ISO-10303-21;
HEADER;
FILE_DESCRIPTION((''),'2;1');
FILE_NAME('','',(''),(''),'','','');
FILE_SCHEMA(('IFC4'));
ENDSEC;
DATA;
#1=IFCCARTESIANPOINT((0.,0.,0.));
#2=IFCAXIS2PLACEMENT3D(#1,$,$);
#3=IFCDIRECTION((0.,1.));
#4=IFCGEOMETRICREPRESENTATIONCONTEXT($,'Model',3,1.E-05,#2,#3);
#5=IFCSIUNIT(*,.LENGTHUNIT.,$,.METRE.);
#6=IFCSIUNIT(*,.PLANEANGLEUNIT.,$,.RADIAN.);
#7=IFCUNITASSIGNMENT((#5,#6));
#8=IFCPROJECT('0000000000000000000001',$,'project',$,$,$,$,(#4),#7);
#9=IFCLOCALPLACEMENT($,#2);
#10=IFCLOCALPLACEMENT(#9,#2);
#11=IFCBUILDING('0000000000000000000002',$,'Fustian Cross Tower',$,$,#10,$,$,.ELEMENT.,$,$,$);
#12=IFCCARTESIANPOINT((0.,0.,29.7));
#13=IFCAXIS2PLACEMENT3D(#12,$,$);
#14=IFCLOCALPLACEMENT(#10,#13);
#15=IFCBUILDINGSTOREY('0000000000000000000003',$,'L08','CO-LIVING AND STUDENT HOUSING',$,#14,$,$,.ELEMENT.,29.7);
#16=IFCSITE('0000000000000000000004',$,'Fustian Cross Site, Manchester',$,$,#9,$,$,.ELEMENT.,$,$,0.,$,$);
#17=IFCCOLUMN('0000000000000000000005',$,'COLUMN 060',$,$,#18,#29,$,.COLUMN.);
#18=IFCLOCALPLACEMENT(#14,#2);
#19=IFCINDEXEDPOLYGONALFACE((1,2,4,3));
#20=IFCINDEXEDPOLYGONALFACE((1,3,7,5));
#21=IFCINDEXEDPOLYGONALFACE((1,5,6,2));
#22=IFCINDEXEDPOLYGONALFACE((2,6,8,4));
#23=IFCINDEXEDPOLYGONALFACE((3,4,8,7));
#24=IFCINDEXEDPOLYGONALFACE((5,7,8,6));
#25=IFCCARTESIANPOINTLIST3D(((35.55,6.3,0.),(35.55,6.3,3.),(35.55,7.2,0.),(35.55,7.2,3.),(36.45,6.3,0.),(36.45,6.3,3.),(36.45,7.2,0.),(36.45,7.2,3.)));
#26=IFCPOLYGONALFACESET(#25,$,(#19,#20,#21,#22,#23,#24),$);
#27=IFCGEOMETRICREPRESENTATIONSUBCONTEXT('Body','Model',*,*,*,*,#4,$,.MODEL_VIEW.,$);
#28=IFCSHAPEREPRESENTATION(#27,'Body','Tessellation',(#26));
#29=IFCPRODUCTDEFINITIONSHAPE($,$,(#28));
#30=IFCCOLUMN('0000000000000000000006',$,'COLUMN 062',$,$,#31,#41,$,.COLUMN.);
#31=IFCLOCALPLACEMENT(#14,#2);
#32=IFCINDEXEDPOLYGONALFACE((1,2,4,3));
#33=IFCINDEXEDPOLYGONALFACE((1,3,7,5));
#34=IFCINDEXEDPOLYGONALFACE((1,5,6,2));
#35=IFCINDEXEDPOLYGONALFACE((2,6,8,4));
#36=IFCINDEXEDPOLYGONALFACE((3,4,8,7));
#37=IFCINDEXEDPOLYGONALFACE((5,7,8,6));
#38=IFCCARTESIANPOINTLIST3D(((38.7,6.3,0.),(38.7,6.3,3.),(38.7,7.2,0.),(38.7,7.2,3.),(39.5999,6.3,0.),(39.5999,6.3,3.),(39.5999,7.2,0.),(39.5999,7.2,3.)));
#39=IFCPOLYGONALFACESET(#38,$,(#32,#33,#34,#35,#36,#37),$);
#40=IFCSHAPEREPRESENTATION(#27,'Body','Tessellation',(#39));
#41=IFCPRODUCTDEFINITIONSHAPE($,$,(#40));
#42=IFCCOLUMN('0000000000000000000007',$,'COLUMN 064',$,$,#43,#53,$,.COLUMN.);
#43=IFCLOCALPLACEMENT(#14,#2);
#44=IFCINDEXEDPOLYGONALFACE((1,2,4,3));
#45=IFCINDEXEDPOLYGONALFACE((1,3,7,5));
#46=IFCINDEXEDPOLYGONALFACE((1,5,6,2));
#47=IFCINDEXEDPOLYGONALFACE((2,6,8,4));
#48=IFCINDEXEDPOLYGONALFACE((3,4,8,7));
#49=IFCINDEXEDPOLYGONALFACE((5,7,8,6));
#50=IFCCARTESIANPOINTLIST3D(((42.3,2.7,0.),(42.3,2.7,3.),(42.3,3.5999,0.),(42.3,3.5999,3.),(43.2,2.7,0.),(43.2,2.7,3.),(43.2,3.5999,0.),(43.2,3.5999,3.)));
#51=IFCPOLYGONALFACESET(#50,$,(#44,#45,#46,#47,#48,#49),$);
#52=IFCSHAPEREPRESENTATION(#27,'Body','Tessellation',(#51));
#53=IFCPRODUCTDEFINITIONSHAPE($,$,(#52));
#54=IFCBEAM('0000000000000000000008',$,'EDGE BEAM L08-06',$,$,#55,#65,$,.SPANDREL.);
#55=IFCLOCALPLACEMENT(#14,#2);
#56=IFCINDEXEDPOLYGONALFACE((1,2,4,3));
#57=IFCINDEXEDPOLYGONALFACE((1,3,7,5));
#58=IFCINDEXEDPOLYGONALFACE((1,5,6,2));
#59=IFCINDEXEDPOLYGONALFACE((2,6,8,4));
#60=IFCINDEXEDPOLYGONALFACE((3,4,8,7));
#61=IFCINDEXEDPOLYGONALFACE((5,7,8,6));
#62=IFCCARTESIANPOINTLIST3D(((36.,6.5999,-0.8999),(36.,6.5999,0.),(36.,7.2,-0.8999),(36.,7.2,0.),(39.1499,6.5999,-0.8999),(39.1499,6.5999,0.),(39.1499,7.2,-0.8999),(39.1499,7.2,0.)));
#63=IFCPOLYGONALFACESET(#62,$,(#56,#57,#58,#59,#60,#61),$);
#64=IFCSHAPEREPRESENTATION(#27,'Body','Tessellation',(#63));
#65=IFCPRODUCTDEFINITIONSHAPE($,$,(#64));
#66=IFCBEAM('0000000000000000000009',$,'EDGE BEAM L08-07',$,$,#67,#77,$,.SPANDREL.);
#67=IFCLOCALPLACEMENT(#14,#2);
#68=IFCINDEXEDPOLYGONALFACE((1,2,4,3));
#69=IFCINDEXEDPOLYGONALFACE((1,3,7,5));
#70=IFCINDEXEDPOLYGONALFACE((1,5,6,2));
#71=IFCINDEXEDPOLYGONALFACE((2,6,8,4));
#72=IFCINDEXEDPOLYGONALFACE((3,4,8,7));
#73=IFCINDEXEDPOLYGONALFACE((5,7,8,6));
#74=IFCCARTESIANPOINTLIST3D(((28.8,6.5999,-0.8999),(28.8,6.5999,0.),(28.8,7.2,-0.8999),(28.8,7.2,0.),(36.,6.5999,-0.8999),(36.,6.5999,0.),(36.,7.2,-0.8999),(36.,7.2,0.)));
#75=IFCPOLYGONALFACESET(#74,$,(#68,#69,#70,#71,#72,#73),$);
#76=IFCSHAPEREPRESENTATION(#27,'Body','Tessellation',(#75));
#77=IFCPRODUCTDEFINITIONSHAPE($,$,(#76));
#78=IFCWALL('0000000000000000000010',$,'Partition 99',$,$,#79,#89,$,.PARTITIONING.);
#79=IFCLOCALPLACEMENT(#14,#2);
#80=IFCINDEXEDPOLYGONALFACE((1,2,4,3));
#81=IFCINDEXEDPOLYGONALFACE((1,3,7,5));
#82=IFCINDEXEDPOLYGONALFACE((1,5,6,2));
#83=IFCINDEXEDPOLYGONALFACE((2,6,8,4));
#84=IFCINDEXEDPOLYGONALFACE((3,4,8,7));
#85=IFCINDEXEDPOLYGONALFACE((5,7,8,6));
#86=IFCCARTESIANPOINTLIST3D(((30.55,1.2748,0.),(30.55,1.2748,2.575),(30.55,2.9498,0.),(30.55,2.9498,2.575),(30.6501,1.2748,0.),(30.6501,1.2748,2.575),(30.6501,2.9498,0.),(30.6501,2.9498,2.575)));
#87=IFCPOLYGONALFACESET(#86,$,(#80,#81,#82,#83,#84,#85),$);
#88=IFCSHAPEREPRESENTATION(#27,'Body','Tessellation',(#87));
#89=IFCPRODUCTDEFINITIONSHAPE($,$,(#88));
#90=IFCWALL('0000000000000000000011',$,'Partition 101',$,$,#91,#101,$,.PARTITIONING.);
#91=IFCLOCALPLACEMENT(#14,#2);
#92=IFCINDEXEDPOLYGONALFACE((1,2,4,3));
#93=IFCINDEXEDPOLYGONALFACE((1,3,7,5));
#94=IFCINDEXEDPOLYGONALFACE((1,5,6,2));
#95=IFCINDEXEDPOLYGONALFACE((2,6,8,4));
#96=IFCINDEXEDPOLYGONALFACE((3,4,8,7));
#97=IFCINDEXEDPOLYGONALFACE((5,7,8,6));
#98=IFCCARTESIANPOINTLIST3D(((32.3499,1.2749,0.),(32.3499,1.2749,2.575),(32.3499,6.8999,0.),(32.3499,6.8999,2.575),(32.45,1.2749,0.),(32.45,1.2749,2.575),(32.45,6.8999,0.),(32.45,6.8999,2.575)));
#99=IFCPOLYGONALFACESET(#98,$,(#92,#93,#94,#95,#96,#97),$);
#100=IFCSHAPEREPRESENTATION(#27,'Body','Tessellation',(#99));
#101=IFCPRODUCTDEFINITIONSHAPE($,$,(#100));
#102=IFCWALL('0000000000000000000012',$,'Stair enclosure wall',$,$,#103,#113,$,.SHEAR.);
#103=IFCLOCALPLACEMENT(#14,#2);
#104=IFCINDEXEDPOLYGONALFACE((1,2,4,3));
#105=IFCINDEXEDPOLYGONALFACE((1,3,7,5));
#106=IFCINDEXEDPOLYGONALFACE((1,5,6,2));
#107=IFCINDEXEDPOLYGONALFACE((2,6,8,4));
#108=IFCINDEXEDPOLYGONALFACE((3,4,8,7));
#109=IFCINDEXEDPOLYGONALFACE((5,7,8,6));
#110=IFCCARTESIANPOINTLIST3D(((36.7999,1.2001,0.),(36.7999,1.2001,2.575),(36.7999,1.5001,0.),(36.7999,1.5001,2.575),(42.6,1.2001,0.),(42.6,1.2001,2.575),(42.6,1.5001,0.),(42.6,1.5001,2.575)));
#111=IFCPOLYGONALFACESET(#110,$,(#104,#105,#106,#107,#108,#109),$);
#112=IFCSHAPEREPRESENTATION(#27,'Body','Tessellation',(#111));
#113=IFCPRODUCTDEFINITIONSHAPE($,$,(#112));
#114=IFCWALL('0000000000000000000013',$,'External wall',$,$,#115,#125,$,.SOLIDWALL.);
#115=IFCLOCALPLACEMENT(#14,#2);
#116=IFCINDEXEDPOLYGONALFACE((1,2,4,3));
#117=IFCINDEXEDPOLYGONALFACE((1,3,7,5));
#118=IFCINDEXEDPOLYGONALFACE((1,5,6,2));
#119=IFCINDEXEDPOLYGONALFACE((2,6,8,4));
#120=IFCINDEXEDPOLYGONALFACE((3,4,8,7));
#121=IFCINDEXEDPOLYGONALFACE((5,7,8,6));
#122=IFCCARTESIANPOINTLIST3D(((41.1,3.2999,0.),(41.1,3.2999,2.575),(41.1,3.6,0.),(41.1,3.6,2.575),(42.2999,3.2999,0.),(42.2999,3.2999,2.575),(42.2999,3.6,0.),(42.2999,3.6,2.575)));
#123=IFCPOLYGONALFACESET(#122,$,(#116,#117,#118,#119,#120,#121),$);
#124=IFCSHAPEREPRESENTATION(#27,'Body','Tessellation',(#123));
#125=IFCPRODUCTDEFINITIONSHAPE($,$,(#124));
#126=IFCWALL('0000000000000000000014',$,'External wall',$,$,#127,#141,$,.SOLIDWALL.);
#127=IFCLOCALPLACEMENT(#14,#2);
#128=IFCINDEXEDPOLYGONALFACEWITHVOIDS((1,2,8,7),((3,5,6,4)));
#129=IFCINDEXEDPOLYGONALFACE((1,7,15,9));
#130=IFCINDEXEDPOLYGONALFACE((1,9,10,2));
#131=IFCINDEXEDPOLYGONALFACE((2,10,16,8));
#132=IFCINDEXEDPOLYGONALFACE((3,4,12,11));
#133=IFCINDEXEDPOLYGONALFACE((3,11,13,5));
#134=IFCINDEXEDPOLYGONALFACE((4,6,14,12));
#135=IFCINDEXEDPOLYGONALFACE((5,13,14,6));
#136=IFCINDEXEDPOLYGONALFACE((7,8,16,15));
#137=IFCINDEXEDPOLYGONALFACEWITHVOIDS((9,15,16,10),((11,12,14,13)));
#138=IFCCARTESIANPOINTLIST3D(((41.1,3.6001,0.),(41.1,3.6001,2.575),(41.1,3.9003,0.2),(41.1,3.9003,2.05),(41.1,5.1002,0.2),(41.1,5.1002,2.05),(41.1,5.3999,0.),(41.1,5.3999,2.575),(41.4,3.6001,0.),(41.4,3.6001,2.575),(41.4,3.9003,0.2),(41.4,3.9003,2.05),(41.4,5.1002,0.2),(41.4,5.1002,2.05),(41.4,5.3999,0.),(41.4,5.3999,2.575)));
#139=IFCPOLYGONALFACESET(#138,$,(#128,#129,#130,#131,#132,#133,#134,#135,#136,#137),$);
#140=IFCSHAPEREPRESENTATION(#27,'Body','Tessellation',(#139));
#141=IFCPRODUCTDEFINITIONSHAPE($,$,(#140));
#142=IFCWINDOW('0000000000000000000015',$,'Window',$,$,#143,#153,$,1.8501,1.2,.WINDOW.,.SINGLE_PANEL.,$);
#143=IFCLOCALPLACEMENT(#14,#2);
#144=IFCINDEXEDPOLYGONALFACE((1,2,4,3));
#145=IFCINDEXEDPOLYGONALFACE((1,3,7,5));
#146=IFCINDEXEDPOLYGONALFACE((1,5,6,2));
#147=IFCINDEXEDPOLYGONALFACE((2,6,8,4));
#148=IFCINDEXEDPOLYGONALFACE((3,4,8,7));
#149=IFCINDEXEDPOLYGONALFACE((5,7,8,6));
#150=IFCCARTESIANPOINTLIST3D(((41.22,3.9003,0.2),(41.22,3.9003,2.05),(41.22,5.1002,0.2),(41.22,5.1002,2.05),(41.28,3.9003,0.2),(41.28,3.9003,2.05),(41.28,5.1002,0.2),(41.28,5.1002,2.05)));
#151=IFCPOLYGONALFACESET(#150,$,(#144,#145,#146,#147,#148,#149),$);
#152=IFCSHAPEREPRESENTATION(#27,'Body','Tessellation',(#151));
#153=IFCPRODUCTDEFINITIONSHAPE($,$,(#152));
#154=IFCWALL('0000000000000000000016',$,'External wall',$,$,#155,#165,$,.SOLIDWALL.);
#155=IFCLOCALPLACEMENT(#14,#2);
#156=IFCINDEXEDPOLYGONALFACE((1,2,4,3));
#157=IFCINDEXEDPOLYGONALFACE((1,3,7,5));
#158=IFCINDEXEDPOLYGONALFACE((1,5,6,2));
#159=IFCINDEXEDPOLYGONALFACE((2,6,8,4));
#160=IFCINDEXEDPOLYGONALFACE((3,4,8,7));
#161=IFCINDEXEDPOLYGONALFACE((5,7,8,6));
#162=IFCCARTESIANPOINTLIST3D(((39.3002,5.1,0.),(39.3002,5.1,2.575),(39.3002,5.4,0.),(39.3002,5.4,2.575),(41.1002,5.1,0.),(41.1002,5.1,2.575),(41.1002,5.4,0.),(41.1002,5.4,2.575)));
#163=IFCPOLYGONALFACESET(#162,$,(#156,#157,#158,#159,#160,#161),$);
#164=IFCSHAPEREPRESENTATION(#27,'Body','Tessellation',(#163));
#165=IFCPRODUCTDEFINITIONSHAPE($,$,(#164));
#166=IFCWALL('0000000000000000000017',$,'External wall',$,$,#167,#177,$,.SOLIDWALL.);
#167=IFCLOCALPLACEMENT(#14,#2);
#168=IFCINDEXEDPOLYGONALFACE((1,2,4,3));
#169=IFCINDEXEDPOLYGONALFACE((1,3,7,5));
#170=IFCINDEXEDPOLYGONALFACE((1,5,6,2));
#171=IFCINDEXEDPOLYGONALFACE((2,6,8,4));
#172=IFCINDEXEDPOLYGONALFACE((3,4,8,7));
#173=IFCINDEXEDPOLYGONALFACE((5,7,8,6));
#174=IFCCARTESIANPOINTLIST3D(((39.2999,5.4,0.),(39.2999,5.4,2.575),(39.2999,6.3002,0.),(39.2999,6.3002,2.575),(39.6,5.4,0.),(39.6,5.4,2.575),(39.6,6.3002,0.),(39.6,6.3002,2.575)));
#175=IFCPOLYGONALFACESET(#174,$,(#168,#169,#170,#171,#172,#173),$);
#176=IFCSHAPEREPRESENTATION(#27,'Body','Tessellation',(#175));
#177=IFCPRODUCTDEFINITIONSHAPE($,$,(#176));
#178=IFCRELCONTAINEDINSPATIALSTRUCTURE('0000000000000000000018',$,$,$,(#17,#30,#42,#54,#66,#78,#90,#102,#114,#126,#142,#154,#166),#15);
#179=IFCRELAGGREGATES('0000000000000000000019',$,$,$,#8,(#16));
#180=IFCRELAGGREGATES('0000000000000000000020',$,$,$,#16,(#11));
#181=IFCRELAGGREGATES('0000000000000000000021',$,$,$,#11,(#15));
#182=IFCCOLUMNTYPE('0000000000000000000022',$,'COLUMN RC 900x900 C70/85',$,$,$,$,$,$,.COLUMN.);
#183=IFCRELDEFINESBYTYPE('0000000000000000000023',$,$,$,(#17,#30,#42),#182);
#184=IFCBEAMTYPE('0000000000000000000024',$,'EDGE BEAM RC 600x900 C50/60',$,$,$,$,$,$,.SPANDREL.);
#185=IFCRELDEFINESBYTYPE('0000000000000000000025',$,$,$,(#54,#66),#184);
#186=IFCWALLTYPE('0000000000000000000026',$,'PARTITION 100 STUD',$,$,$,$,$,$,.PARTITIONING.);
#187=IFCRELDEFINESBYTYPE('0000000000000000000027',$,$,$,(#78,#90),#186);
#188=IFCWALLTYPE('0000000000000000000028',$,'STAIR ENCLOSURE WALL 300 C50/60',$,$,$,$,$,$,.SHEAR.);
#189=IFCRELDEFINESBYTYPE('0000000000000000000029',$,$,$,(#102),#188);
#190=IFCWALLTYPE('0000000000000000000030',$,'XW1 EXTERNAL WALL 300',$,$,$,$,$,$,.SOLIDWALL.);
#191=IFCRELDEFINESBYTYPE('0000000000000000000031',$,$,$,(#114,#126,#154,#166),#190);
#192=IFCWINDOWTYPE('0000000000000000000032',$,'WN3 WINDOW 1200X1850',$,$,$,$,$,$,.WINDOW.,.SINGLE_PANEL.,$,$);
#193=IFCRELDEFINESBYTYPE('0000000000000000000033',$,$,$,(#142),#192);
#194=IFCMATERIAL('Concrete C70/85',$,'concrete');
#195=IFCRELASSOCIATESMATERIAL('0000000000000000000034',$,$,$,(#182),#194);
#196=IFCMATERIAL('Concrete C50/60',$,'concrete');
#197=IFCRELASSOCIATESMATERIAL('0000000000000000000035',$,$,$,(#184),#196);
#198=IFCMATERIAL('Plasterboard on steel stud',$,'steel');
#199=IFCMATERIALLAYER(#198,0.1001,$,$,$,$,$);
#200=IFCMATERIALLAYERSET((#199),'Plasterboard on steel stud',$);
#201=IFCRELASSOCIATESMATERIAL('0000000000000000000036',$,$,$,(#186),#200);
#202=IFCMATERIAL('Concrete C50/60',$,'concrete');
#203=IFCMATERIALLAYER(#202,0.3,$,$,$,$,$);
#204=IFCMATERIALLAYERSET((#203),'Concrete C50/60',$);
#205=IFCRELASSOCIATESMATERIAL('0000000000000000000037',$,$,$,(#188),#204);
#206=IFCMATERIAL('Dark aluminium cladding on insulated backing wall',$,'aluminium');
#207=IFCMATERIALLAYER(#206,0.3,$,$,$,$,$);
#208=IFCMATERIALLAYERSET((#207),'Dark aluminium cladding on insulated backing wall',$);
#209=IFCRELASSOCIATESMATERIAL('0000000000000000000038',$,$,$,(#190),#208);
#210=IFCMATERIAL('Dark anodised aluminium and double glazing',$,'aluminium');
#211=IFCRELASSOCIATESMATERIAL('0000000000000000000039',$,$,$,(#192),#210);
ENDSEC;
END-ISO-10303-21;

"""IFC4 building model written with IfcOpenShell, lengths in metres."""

from ifc_helpers import new_model, si_unit, direction, frame, frame_2d, origin, origin_2d, place, context, subcontext, project, spatial, rectangle, extrude, material, layer, layer_set, material_profile, profile_set, type_object, element, fill, save


model = new_model("IFC4")

# Units and contexts
model_context = context("Model", 3, precision=1e-05, world=origin(), true_north=direction((0.0, 1.0)))
body_context = subcontext(model_context, "Body", "Model", "MODEL_VIEW")
ifc_project = project(units=[si_unit("LENGTHUNIT", "METRE"), si_unit("PLANEANGLEUNIT", "RADIAN")], contexts=[model_context])

# Site, building, storey
site_placement = place(None, origin())
site = spatial("IfcSite", under=ifc_project, at=site_placement, Name="Fustian Cross Site, Manchester", CompositionType="ELEMENT", RefElevation=0.0)
building_placement = place(site_placement, origin())
building = spatial("IfcBuilding", under=site, at=building_placement, Name="Fustian Cross Tower", CompositionType="ELEMENT")
storey_placement = place(building_placement, frame((0.0, 0.0, 29.7)))
storey = spatial("IfcBuildingStorey", under=building, at=storey_placement, Name="L08", Description="CO-LIVING AND STUDENT HOUSING", CompositionType="ELEMENT", Elevation=29.7)

# Columns
ifc_material_1 = material(Name="Concrete C70/85", Category="concrete")
ifc_material_profile_1 = material_profile(ifc_material_1, rectangle(XDim=0.8999, YDim=0.8999, at=origin_2d()), Name="RC 900x900")
ifc_profile_set_1 = profile_set([ifc_material_profile_1], Name="Concrete C70/85")
column_type = type_object("IfcColumnType", Name="COLUMN RC 900x900 C70/85", PredefinedType="COLUMN", material=ifc_profile_set_1)
for number, where, z_axis, x_axis, name in (
    (1, (36.0, 6.75, 0.0), (0.0, 0.0, 1.0), (1.0, 0.0, 0.0), "COLUMN 060"),
    (2, (39.1499, 6.75, 0.0), (0.0, 0.0, 1.0), (1.0, 0.0, 0.0), "COLUMN 062"),
    (3, (42.75, 3.1499, 0.0), (0.0, 0.0, 1.0), (1.0, 0.0, 0.0), "COLUMN 064"),
):
    element("IfcColumn", number, at=place(storey_placement, frame(where, z_axis=z_axis, x_axis=x_axis)), inside=storey, type_object=column_type, Name=name, PredefinedType="COLUMN", context=body_context, shape_type="SweptSolid", body=[
        extrude(rectangle(XDim=0.8999, YDim=0.8999, at=origin_2d()), origin(), (0.0, 0.0, 1.0), 3.0),
    ])

# Beams
ifc_material_2 = material(Name="Concrete C50/60", Category="concrete")
ifc_material_profile_2 = material_profile(ifc_material_2, rectangle(XDim=0.6001, YDim=0.8999, at=origin_2d()), Name="RC 600x900")
ifc_profile_set_2 = profile_set([ifc_material_profile_2], Name="Concrete C50/60")
beam_type = type_object("IfcBeamType", Name="EDGE BEAM RC 600x900 C50/60", PredefinedType="SPANDREL", material=ifc_profile_set_2)
beam_1_placement = place(storey_placement, frame((39.1499, 6.8999, -0.45), z_axis=(-1.0, 0.0, 0.0), x_axis=(0.0, -1.0, 0.0)))
element("IfcBeam", 4, at=beam_1_placement, inside=storey, type_object=beam_type, Name="EDGE BEAM L08-06", PredefinedType="SPANDREL", context=body_context, shape_type="SweptSolid", body=[
    extrude(rectangle(XDim=0.6001, YDim=0.8999, at=origin_2d()), origin(), (0.0, 0.0, 1.0), 3.1499),
])
beam_2_placement = place(storey_placement, frame((36.0, 6.8999, -0.45), z_axis=(-1.0, 0.0, 0.0), x_axis=(0.0, -1.0, 0.0)))
element("IfcBeam", 5, at=beam_2_placement, inside=storey, type_object=beam_type, Name="EDGE BEAM L08-07", PredefinedType="SPANDREL", context=body_context, shape_type="SweptSolid", body=[
    extrude(rectangle(XDim=0.6001, YDim=0.8999, at=origin_2d()), origin(), (0.0, 0.0, 1.0), 7.2),
])

# Walls
ifc_material_3 = material(Name="Plasterboard on steel stud", Category="steel")
ifc_layer_1 = layer(ifc_material_3, 0.1001)
ifc_layer_set_1 = layer_set([ifc_layer_1], Name="Plasterboard on steel stud")
wall_type_1 = type_object("IfcWallType", Name="PARTITION 100 STUD", PredefinedType="PARTITIONING", material=ifc_layer_set_1)
wall_1_placement = place(storey_placement, frame((30.6001, 1.2749, 0.0), z_axis=(0.0, 0.0, 1.0), x_axis=(0.0, 1.0, 0.0)))
element("IfcWall", 6, at=wall_1_placement, inside=storey, type_object=wall_type_1, Name="Partition 99", PredefinedType="PARTITIONING", context=body_context, shape_type="SweptSolid", body=[
    extrude(rectangle(XDim=1.675, YDim=0.1001, at=frame_2d((0.8374, 0.0))), origin(), (0.0, 0.0, 1.0), 2.575),
])
wall_2_placement = place(storey_placement, frame((32.3999, 1.2749, 0.0), z_axis=(0.0, 0.0, 1.0), x_axis=(0.0, 1.0, 0.0)))
element("IfcWall", 7, at=wall_2_placement, inside=storey, type_object=wall_type_1, Name="Partition 101", PredefinedType="PARTITIONING", context=body_context, shape_type="SweptSolid", body=[
    extrude(rectangle(XDim=5.625, YDim=0.1001, at=frame_2d((2.8125, 0.0))), origin(), (0.0, 0.0, 1.0), 2.575),
])
ifc_material_4 = material(Name="Concrete C50/60", Category="concrete")
ifc_layer_2 = layer(ifc_material_4, 0.3)
ifc_layer_set_2 = layer_set([ifc_layer_2], Name="Concrete C50/60")
wall_type_2 = type_object("IfcWallType", Name="STAIR ENCLOSURE WALL 300 C50/60", PredefinedType="SHEAR", material=ifc_layer_set_2)
wall_3_placement = place(storey_placement, frame((36.8, 1.3501, 0.0), z_axis=(0.0, 0.0, 1.0), x_axis=(1.0, 0.0, 0.0)))
element("IfcWall", 8, at=wall_3_placement, inside=storey, type_object=wall_type_2, Name="Stair enclosure wall", PredefinedType="SHEAR", context=body_context, shape_type="SweptSolid", body=[
    extrude(rectangle(XDim=5.8, YDim=0.3, at=frame_2d((2.8999, 0.0))), origin(), (0.0, 0.0, 1.0), 2.575),
])
ifc_material_5 = material(Name="Dark aluminium cladding on insulated backing wall", Category="aluminium")
ifc_layer_3 = layer(ifc_material_5, 0.3)
ifc_layer_set_3 = layer_set([ifc_layer_3], Name="Dark aluminium cladding on insulated backing wall")
wall_type_3 = type_object("IfcWallType", Name="XW1 EXTERNAL WALL 300", PredefinedType="SOLIDWALL", material=ifc_layer_set_3)
wall_4_placement = place(storey_placement, frame((42.3, 3.45, 0.0), z_axis=(0.0, 0.0, 1.0), x_axis=(-1.0, 0.0, 0.0)))
element("IfcWall", 9, at=wall_4_placement, inside=storey, type_object=wall_type_3, Name="External wall", PredefinedType="SOLIDWALL", context=body_context, shape_type="SweptSolid", body=[
    extrude(rectangle(XDim=1.2, YDim=0.3, at=frame_2d((0.6001, 0.0))), origin(), (0.0, 0.0, 1.0), 2.575),
])

# Wall, opening, window
wall_5_placement = place(storey_placement, frame((41.25, 3.6001, 0.0), z_axis=(0.0, 0.0, 1.0), x_axis=(0.0, 1.0, 0.0)))
wall_5 = element("IfcWall", 10, at=wall_5_placement, inside=storey, type_object=wall_type_3, Name="External wall", PredefinedType="SOLIDWALL", context=body_context, shape_type="SweptSolid", body=[
    extrude(rectangle(XDim=1.7998, YDim=0.3, at=frame_2d((0.8999, 0.0))), origin(), (0.0, 0.0, 1.0), 2.575),
])
opening_placement = place(wall_5_placement, frame((0.3, 0.0, 0.2)))
opening = element("IfcOpeningElement", 11, at=opening_placement, cuts=wall_5, PredefinedType="OPENING", context=body_context, shape_type="SweptSolid", body=[
    extrude(rectangle(XDim=1.2, YDim=1.8501, at=frame_2d((0.6001, 0.925))), frame((0.0, 0.1599, 0.0), z_axis=(0.0, -1.0, 0.0), x_axis=(1.0, 0.0, 0.0)), (0.0, 0.0, 1.0), 0.3201),
])
ifc_material_6 = material(Name="Dark anodised aluminium and double glazing", Category="aluminium")
window_type = type_object("IfcWindowType", Name="WN3 WINDOW 1200X1850", PartitioningType="SINGLE_PANEL", PredefinedType="WINDOW", material=ifc_material_6)
window_placement = place(opening_placement, origin())
window = element("IfcWindow", 12, at=window_placement, inside=storey, type_object=window_type, Name="Window", OverallHeight=1.8501, OverallWidth=1.2, PartitioningType="SINGLE_PANEL", PredefinedType="WINDOW", context=body_context, shape_type="SweptSolid", body=[
    extrude(rectangle(XDim=1.2, YDim=1.8501, at=frame_2d((0.6001, 0.925))), frame((0.0, 0.03, 0.0), z_axis=(0.0, -1.0, 0.0), x_axis=(1.0, 0.0, 0.0)), (0.0, 0.0, 1.0), 0.0601),
])
fill(opening, window)

# Walls
wall_6_placement = place(storey_placement, frame((41.1001, 5.25, 0.0), z_axis=(0.0, 0.0, 1.0), x_axis=(-1.0, 0.0, 0.0)))
element("IfcWall", 13, at=wall_6_placement, inside=storey, type_object=wall_type_3, Name="External wall", PredefinedType="SOLIDWALL", context=body_context, shape_type="SweptSolid", body=[
    extrude(rectangle(XDim=1.8, YDim=0.3, at=frame_2d((0.8999, 0.0))), origin(), (0.0, 0.0, 1.0), 2.575),
])
wall_7_placement = place(storey_placement, frame((39.45, 5.3999, 0.0), z_axis=(0.0, 0.0, 1.0), x_axis=(0.0, 1.0, 0.0)))
element("IfcWall", 14, at=wall_7_placement, inside=storey, type_object=wall_type_3, Name="External wall", PredefinedType="SOLIDWALL", context=body_context, shape_type="SweptSolid", body=[
    extrude(rectangle(XDim=0.9001, YDim=0.3, at=frame_2d((0.4502, 0.0))), origin(), (0.0, 0.0, 1.0), 2.575),
])

save(model, "model.ifc")
